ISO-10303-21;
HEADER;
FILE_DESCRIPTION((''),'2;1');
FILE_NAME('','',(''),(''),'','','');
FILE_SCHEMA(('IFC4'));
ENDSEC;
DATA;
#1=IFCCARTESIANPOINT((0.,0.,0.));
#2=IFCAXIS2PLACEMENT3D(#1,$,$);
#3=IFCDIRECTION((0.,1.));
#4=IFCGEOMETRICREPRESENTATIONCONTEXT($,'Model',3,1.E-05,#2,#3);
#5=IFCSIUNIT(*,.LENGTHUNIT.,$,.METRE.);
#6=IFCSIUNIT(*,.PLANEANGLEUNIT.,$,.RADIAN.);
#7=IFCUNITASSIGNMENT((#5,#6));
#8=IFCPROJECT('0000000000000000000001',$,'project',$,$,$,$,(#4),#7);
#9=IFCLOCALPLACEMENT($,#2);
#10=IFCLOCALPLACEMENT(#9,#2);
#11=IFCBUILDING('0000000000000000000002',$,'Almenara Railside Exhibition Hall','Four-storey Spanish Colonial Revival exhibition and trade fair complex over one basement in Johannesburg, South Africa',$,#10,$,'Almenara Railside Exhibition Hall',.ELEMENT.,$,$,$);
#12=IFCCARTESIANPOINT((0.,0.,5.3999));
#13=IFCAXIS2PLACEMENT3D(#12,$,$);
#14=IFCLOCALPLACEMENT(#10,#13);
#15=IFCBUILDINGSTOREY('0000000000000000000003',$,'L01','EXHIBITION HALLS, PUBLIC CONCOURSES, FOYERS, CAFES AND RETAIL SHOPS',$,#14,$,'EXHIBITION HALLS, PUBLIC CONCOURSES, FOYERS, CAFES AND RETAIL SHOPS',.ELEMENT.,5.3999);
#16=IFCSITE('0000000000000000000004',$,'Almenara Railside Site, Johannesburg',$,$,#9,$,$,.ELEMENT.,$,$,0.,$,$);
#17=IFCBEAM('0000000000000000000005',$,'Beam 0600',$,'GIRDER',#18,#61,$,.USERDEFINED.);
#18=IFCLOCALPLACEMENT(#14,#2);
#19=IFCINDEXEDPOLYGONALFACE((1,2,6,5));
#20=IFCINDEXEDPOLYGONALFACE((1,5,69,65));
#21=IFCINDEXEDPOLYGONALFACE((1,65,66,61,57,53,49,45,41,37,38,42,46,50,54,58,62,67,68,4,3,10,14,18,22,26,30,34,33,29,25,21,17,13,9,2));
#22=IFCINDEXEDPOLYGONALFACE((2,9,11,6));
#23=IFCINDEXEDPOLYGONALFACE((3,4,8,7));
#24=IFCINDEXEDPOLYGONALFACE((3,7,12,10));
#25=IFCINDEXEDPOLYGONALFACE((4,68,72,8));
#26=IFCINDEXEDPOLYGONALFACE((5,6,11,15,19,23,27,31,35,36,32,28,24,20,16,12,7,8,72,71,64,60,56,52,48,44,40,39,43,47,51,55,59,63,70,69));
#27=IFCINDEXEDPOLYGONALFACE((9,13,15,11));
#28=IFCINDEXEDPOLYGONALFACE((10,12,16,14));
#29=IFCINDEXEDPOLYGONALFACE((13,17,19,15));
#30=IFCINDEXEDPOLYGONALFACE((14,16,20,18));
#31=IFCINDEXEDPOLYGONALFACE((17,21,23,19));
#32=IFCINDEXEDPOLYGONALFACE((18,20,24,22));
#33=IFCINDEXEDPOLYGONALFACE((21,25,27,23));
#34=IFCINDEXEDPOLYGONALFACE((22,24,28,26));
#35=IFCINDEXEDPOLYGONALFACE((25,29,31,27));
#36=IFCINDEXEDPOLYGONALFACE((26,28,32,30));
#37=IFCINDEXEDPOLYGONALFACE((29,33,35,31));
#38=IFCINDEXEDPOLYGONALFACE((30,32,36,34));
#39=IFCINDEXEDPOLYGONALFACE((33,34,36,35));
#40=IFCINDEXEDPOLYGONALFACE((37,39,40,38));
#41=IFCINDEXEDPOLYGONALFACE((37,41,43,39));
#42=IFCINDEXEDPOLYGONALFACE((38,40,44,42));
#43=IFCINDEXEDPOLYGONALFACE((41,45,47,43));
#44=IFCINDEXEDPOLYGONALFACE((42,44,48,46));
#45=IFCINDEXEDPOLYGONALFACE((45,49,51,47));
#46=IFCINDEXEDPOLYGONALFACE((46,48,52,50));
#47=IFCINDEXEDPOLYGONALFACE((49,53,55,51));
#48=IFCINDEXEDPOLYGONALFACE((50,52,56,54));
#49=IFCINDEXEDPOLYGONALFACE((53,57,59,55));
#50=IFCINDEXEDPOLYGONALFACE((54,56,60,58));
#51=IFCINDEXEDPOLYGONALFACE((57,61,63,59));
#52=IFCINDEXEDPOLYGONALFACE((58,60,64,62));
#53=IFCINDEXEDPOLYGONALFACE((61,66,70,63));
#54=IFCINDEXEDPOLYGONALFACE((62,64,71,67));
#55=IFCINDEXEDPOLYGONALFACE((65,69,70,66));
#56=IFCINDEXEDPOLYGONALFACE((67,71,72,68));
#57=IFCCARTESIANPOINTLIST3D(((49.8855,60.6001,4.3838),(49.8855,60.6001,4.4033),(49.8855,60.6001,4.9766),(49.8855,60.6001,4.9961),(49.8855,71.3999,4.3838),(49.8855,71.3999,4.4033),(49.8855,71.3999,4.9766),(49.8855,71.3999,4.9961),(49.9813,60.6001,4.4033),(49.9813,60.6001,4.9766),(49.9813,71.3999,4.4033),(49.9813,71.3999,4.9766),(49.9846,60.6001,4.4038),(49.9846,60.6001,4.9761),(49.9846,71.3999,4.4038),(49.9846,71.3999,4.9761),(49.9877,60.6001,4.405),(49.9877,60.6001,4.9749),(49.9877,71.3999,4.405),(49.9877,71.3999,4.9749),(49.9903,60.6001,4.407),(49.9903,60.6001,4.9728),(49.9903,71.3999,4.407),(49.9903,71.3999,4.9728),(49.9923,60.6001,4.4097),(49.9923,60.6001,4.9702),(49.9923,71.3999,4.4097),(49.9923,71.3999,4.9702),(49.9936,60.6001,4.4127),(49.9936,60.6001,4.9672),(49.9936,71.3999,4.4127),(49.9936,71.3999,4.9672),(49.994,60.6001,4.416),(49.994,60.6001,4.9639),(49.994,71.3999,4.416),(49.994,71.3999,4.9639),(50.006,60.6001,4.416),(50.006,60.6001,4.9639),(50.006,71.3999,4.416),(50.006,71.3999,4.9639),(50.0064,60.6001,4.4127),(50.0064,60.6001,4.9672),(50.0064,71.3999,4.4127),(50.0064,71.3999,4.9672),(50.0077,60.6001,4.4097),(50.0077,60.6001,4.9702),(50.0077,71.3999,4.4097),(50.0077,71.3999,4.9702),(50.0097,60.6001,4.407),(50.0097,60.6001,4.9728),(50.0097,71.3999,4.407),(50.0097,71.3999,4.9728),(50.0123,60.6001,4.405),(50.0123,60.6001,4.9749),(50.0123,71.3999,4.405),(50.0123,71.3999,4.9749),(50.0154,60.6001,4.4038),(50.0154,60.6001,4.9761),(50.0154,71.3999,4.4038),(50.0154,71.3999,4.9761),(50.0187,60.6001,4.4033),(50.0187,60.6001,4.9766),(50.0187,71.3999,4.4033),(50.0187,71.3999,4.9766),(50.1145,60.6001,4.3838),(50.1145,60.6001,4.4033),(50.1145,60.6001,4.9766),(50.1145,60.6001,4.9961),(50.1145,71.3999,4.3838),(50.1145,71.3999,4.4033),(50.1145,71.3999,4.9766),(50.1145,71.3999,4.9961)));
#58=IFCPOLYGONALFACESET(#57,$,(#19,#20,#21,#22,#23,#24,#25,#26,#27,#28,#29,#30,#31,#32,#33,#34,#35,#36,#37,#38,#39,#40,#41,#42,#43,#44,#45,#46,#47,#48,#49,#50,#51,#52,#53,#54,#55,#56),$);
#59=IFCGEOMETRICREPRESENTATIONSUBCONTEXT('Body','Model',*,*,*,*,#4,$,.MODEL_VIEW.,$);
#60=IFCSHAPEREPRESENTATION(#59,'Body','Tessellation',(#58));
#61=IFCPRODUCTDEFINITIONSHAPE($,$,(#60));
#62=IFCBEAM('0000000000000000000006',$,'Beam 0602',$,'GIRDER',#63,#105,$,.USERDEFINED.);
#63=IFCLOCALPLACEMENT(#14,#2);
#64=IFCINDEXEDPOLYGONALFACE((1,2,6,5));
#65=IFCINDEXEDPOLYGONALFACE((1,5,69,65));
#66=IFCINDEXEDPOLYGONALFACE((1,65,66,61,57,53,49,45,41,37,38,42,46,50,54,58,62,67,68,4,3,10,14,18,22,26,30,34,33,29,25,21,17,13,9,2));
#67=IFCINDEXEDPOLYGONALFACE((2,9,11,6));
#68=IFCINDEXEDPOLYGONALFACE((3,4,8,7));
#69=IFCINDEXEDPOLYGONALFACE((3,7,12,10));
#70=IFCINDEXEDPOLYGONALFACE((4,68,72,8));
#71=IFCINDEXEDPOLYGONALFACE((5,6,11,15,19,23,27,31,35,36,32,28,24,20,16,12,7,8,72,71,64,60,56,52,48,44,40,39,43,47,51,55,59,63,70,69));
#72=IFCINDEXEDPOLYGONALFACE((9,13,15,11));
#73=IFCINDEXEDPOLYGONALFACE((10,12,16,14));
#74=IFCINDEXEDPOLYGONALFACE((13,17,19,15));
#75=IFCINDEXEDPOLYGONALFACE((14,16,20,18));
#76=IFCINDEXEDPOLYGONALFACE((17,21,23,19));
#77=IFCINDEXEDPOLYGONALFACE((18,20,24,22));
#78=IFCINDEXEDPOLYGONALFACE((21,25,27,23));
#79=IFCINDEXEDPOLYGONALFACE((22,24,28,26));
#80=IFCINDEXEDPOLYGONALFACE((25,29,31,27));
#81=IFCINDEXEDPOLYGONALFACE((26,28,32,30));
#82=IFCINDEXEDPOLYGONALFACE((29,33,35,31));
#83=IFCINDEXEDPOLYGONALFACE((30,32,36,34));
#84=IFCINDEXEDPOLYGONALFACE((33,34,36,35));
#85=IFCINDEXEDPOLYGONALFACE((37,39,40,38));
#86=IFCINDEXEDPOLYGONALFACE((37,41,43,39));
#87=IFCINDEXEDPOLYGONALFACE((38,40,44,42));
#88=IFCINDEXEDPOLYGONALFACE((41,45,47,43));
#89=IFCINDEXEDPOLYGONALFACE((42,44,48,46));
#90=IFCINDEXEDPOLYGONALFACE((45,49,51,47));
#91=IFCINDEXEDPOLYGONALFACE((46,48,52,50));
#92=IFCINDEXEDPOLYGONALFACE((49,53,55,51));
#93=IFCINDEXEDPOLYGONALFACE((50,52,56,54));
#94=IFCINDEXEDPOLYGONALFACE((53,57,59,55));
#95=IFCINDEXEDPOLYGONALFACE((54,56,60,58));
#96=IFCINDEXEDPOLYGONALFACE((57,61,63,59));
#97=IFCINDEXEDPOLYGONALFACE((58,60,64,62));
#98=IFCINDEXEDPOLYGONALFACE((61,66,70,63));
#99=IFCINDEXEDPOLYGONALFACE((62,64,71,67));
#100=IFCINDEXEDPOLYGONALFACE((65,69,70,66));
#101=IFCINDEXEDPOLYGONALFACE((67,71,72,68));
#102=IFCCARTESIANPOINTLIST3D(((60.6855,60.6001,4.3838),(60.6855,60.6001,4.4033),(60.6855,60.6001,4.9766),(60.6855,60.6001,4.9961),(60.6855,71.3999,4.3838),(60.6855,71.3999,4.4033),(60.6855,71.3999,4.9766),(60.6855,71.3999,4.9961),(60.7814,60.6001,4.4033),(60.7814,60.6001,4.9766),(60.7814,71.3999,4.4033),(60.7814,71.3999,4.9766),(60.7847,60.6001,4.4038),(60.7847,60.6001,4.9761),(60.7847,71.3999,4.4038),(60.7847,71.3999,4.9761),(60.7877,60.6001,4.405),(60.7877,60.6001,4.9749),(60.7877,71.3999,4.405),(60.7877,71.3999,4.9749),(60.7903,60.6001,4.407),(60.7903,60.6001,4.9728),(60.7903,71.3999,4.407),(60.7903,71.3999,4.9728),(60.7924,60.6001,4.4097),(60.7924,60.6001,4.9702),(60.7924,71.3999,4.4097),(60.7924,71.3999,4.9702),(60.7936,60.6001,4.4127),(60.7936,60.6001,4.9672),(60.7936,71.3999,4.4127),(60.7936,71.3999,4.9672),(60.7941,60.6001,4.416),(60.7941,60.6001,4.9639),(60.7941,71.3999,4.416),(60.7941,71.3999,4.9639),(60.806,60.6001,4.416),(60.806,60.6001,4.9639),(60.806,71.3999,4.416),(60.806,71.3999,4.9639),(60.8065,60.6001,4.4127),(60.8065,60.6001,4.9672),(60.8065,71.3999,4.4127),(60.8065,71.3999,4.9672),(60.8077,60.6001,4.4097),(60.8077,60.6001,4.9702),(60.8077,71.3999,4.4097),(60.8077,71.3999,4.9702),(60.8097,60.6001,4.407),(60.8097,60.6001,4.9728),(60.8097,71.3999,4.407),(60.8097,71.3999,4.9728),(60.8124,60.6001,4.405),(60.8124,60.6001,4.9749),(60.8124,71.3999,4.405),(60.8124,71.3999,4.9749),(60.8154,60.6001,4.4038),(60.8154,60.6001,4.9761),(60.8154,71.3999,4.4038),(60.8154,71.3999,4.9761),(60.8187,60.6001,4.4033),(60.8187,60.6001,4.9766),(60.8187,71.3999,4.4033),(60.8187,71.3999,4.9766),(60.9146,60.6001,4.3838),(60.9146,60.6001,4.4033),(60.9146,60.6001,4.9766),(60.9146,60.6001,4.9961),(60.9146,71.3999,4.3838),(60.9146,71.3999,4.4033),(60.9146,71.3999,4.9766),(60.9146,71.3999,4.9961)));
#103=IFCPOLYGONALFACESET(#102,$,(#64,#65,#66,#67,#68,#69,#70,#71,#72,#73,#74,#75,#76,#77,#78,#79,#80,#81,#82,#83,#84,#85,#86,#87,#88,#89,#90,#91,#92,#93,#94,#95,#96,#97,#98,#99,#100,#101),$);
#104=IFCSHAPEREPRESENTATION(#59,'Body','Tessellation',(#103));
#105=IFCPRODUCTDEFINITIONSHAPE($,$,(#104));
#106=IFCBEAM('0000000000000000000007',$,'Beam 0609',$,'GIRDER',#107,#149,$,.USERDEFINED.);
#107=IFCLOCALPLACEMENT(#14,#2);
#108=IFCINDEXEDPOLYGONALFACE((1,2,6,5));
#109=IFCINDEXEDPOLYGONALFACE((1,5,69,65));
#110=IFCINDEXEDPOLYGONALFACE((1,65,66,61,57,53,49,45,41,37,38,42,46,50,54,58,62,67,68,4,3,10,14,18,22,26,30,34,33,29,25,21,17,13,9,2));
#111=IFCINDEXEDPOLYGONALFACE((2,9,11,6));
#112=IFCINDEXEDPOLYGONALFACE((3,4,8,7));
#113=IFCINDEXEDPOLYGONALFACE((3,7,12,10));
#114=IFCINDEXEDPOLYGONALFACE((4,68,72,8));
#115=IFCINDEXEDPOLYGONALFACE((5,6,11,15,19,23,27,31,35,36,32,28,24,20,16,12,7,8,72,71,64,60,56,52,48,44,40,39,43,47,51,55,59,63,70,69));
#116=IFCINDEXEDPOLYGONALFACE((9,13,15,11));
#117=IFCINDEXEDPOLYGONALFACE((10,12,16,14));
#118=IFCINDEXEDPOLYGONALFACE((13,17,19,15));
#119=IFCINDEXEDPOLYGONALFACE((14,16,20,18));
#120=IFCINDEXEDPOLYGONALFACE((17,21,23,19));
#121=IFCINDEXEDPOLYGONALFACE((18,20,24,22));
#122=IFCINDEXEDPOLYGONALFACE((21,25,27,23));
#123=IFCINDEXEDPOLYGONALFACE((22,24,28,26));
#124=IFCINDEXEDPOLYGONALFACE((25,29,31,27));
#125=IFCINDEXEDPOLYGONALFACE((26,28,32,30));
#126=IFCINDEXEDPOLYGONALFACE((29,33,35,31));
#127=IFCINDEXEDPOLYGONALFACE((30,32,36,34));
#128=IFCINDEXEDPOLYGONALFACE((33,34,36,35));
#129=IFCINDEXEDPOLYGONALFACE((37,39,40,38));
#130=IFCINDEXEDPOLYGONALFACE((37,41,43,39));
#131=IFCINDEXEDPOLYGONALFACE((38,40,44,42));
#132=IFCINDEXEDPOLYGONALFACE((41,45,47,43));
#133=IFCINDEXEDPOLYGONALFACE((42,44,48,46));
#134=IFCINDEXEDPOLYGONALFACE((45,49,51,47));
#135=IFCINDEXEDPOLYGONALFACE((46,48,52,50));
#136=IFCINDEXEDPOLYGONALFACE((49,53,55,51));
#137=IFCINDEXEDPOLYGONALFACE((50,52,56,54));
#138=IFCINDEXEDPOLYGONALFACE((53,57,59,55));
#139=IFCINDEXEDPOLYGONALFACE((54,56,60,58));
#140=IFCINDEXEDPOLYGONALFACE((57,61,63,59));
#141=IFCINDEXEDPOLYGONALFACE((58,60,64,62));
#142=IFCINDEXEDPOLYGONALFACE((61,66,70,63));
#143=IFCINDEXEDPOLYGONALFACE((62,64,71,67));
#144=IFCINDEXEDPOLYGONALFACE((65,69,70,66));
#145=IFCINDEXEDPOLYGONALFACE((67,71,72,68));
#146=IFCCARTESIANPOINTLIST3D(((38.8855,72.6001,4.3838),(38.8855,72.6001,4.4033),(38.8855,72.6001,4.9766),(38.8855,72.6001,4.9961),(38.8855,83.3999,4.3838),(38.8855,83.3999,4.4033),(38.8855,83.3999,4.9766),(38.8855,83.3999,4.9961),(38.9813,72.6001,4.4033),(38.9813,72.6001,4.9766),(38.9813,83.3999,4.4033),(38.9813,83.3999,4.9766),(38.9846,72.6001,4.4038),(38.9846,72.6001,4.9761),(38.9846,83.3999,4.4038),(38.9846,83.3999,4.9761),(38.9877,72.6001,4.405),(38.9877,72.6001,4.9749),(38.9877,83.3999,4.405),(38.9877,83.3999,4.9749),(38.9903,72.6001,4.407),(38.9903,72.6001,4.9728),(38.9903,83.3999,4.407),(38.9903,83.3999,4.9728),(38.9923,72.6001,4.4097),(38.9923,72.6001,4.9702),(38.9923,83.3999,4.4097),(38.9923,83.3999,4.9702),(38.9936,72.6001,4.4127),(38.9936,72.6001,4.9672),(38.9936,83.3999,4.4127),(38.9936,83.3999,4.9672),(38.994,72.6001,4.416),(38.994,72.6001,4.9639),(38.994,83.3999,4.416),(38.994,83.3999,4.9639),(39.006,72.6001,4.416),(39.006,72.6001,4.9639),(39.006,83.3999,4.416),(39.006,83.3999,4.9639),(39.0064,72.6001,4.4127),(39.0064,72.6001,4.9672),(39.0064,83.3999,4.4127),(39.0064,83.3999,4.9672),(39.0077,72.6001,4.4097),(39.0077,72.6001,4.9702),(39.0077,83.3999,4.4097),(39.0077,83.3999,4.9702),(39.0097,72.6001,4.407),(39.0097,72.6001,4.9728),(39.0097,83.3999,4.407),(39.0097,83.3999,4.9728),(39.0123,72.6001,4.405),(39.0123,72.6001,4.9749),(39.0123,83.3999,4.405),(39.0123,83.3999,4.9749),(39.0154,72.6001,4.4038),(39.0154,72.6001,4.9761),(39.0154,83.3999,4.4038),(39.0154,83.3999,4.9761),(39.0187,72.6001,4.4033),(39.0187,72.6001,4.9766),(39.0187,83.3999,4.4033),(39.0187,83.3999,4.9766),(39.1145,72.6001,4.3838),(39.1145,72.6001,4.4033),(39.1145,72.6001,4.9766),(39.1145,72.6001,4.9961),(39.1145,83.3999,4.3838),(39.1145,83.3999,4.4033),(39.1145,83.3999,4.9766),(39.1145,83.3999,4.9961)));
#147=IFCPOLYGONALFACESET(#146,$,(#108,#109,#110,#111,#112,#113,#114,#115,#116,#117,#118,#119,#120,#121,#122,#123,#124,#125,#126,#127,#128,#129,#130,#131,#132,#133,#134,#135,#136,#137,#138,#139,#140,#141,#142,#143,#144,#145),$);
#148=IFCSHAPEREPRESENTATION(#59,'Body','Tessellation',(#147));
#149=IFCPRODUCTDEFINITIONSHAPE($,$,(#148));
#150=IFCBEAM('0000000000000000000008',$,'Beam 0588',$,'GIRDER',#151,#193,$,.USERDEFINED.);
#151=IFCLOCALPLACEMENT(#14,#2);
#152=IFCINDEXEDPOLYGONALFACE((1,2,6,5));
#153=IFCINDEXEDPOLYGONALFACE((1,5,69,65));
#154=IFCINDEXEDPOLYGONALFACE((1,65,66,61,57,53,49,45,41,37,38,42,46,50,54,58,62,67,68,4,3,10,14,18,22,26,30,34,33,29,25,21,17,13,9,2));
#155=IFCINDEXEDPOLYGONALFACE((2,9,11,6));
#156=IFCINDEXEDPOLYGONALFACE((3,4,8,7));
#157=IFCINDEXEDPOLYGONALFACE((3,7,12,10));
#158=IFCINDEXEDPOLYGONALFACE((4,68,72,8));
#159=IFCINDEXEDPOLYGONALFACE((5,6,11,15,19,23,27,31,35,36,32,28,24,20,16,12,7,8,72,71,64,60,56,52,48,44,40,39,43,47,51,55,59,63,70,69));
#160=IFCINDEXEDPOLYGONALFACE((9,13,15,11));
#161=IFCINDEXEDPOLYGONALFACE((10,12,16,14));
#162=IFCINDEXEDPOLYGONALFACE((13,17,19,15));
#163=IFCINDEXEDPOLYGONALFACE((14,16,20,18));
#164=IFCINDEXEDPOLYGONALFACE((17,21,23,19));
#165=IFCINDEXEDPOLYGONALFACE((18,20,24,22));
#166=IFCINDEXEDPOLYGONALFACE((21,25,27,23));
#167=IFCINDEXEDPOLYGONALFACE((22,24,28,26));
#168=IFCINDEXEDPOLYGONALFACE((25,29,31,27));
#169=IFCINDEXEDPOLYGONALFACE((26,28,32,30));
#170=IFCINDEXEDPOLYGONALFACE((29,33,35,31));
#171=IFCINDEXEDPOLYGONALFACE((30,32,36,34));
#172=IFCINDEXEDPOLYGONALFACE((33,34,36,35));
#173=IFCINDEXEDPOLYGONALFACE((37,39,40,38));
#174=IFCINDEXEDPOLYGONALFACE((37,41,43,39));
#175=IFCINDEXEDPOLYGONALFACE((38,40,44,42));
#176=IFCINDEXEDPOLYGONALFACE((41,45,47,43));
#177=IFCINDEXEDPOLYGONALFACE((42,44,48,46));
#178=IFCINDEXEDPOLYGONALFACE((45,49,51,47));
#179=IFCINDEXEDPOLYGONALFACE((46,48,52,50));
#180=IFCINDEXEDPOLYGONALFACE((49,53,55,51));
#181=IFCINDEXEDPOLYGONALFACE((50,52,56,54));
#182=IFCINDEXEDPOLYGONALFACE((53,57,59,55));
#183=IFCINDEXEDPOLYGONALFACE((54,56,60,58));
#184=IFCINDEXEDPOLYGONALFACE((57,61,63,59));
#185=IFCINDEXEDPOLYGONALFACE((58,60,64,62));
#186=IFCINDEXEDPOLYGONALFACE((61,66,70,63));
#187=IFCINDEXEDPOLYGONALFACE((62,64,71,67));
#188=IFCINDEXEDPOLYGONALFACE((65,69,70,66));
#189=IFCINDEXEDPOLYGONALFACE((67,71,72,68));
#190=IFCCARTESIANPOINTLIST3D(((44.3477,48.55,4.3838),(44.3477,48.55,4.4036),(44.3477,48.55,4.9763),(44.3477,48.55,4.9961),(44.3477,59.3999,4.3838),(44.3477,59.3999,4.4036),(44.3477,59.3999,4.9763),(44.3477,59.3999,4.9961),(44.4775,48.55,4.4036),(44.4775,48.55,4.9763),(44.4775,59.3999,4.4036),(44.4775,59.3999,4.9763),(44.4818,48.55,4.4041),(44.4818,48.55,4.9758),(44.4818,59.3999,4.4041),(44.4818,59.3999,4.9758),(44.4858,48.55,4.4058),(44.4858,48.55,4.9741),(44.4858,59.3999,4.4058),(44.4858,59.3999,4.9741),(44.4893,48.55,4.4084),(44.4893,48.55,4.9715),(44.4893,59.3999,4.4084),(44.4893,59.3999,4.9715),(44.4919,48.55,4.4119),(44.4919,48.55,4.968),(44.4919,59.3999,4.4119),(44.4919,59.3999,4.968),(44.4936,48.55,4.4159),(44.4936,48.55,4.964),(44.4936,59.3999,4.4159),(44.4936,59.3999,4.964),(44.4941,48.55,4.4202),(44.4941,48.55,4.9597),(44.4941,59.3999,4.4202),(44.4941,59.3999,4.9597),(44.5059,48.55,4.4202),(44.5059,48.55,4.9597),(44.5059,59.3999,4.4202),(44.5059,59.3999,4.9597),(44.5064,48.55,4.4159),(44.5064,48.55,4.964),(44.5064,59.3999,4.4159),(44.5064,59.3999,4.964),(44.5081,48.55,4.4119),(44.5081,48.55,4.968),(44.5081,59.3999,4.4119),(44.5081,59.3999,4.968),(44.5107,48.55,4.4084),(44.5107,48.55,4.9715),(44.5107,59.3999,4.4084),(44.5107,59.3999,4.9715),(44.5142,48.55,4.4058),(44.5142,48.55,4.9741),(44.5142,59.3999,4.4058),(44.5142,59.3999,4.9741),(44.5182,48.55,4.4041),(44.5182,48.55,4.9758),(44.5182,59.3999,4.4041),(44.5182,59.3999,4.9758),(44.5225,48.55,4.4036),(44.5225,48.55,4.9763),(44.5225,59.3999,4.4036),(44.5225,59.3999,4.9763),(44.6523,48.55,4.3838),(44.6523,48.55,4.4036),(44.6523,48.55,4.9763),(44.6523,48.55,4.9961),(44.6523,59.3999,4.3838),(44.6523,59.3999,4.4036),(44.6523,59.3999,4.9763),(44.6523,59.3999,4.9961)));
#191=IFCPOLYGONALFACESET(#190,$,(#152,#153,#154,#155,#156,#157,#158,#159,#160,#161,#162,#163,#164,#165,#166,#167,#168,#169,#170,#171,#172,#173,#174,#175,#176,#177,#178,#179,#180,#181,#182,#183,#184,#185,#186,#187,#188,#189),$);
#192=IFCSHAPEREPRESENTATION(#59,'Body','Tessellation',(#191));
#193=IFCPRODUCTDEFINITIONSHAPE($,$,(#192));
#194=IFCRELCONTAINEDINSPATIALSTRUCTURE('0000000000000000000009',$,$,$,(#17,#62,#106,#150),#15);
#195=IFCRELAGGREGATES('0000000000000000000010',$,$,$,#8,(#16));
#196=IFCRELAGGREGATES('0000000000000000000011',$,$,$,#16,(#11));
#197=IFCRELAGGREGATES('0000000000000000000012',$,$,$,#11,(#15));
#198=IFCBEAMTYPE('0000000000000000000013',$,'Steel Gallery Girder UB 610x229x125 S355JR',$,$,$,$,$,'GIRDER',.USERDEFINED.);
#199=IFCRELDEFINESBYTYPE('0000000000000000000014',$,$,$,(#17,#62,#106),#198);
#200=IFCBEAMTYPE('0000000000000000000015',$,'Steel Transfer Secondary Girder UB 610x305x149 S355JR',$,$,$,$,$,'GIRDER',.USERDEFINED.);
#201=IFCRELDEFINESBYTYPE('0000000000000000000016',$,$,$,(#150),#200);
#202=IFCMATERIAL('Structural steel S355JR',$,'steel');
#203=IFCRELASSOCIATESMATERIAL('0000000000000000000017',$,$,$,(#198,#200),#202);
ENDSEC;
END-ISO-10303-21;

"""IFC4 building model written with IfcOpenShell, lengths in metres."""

from ifc_helpers import new_model, si_unit, direction, frame, origin, origin_2d, place, context, subcontext, project, spatial, i_section, extrude, material, material_profile, profile_set, type_object, element, save


model = new_model("IFC4")

# Units and contexts
model_context = context("Model", 3, precision=1e-05, world=origin(), true_north=direction((0.0, 1.0)))
body_context = subcontext(model_context, "Body", "Model", "MODEL_VIEW")
ifc_project = project(units=[si_unit("LENGTHUNIT", "METRE"), si_unit("PLANEANGLEUNIT", "RADIAN")], contexts=[model_context])

# Site, building, storey
site_placement = place(None, origin())
site = spatial("IfcSite", under=ifc_project, at=site_placement, Name="Almenara Railside Site, Johannesburg", CompositionType="ELEMENT", RefElevation=0.0)
building_placement = place(site_placement, origin())
building = spatial("IfcBuilding", under=site, at=building_placement, Name="Almenara Railside Exhibition Hall", Description="Four-storey Spanish Colonial Revival exhibition and trade fair complex over one basement in Johannesburg, South Africa", LongName="Almenara Railside Exhibition Hall", CompositionType="ELEMENT")
storey_placement = place(building_placement, frame((0.0, 0.0, 5.3999)))
storey = spatial("IfcBuildingStorey", under=building, at=storey_placement, Name="L01", Description="EXHIBITION HALLS, PUBLIC CONCOURSES, FOYERS, CAFES AND RETAIL SHOPS", LongName="EXHIBITION HALLS, PUBLIC CONCOURSES, FOYERS, CAFES AND RETAIL SHOPS", CompositionType="ELEMENT", Elevation=5.3999)

# Beams
ifc_material_1 = material(Name="Structural steel S355JR", Category="steel")
ifc_material_profile_1 = material_profile(ifc_material_1, i_section(OverallWidth=0.229, OverallDepth=0.6123, WebThickness=0.012, FlangeThickness=0.0195, FilletRadius=0.0127, at=origin_2d()), Name="UB 610x229x125")
ifc_profile_set_1 = profile_set([ifc_material_profile_1], Name="Structural steel S355JR")
beam_type_1 = type_object("IfcBeamType", Name="Steel Gallery Girder UB 610x229x125 S355JR", ElementType="GIRDER", PredefinedType="USERDEFINED", material=ifc_profile_set_1)
for number, where, z_axis, x_axis, name in (
    (1, (50.0, 60.6001, 4.6899), (0.0, 1.0, 0.0), (-1.0, 0.0, 0.0), "Beam 0600"),
    (2, (60.8, 60.6001, 4.6899), (0.0, 1.0, 0.0), (-1.0, 0.0, 0.0), "Beam 0602"),
    (3, (39.0, 72.6001, 4.6899), (0.0, 1.0, 0.0), (-1.0, 0.0, 0.0), "Beam 0609"),
):
    element("IfcBeam", number, at=place(storey_placement, frame(where, z_axis=z_axis, x_axis=x_axis)), inside=storey, type_object=beam_type_1, Name=name, ObjectType="GIRDER", PredefinedType="USERDEFINED", context=body_context, shape_type="SweptSolid", body=[
        extrude(i_section(OverallWidth=0.229, OverallDepth=0.6123, WebThickness=0.012, FlangeThickness=0.0195, FilletRadius=0.0127, at=origin_2d()), origin(), (0.0, 0.0, 1.0), 10.7998),
    ])
ifc_material_profile_2 = material_profile(ifc_material_1, i_section(OverallWidth=0.3047, OverallDepth=0.6123, WebThickness=0.0117, FlangeThickness=0.0198, FilletRadius=0.0166, at=origin_2d()), Name="UB 610x305x149")
ifc_profile_set_2 = profile_set([ifc_material_profile_2], Name="Structural steel S355JR")
beam_type_2 = type_object("IfcBeamType", Name="Steel Transfer Secondary Girder UB 610x305x149 S355JR", ElementType="GIRDER", PredefinedType="USERDEFINED", material=ifc_profile_set_2)
beam_1_placement = place(storey_placement, frame((44.5, 48.55, 4.6899), z_axis=(0.0, 1.0, 0.0), x_axis=(-1.0, 0.0, 0.0)))
element("IfcBeam", 4, at=beam_1_placement, inside=storey, type_object=beam_type_2, Name="Beam 0588", ObjectType="GIRDER", PredefinedType="USERDEFINED", context=body_context, shape_type="SweptSolid", body=[
    extrude(i_section(OverallWidth=0.3047, OverallDepth=0.6123, WebThickness=0.0117, FlangeThickness=0.0198, FilletRadius=0.0166, at=origin_2d()), origin(), (0.0, 0.0, 1.0), 10.8499),
])

save(model, "model.ifc")
